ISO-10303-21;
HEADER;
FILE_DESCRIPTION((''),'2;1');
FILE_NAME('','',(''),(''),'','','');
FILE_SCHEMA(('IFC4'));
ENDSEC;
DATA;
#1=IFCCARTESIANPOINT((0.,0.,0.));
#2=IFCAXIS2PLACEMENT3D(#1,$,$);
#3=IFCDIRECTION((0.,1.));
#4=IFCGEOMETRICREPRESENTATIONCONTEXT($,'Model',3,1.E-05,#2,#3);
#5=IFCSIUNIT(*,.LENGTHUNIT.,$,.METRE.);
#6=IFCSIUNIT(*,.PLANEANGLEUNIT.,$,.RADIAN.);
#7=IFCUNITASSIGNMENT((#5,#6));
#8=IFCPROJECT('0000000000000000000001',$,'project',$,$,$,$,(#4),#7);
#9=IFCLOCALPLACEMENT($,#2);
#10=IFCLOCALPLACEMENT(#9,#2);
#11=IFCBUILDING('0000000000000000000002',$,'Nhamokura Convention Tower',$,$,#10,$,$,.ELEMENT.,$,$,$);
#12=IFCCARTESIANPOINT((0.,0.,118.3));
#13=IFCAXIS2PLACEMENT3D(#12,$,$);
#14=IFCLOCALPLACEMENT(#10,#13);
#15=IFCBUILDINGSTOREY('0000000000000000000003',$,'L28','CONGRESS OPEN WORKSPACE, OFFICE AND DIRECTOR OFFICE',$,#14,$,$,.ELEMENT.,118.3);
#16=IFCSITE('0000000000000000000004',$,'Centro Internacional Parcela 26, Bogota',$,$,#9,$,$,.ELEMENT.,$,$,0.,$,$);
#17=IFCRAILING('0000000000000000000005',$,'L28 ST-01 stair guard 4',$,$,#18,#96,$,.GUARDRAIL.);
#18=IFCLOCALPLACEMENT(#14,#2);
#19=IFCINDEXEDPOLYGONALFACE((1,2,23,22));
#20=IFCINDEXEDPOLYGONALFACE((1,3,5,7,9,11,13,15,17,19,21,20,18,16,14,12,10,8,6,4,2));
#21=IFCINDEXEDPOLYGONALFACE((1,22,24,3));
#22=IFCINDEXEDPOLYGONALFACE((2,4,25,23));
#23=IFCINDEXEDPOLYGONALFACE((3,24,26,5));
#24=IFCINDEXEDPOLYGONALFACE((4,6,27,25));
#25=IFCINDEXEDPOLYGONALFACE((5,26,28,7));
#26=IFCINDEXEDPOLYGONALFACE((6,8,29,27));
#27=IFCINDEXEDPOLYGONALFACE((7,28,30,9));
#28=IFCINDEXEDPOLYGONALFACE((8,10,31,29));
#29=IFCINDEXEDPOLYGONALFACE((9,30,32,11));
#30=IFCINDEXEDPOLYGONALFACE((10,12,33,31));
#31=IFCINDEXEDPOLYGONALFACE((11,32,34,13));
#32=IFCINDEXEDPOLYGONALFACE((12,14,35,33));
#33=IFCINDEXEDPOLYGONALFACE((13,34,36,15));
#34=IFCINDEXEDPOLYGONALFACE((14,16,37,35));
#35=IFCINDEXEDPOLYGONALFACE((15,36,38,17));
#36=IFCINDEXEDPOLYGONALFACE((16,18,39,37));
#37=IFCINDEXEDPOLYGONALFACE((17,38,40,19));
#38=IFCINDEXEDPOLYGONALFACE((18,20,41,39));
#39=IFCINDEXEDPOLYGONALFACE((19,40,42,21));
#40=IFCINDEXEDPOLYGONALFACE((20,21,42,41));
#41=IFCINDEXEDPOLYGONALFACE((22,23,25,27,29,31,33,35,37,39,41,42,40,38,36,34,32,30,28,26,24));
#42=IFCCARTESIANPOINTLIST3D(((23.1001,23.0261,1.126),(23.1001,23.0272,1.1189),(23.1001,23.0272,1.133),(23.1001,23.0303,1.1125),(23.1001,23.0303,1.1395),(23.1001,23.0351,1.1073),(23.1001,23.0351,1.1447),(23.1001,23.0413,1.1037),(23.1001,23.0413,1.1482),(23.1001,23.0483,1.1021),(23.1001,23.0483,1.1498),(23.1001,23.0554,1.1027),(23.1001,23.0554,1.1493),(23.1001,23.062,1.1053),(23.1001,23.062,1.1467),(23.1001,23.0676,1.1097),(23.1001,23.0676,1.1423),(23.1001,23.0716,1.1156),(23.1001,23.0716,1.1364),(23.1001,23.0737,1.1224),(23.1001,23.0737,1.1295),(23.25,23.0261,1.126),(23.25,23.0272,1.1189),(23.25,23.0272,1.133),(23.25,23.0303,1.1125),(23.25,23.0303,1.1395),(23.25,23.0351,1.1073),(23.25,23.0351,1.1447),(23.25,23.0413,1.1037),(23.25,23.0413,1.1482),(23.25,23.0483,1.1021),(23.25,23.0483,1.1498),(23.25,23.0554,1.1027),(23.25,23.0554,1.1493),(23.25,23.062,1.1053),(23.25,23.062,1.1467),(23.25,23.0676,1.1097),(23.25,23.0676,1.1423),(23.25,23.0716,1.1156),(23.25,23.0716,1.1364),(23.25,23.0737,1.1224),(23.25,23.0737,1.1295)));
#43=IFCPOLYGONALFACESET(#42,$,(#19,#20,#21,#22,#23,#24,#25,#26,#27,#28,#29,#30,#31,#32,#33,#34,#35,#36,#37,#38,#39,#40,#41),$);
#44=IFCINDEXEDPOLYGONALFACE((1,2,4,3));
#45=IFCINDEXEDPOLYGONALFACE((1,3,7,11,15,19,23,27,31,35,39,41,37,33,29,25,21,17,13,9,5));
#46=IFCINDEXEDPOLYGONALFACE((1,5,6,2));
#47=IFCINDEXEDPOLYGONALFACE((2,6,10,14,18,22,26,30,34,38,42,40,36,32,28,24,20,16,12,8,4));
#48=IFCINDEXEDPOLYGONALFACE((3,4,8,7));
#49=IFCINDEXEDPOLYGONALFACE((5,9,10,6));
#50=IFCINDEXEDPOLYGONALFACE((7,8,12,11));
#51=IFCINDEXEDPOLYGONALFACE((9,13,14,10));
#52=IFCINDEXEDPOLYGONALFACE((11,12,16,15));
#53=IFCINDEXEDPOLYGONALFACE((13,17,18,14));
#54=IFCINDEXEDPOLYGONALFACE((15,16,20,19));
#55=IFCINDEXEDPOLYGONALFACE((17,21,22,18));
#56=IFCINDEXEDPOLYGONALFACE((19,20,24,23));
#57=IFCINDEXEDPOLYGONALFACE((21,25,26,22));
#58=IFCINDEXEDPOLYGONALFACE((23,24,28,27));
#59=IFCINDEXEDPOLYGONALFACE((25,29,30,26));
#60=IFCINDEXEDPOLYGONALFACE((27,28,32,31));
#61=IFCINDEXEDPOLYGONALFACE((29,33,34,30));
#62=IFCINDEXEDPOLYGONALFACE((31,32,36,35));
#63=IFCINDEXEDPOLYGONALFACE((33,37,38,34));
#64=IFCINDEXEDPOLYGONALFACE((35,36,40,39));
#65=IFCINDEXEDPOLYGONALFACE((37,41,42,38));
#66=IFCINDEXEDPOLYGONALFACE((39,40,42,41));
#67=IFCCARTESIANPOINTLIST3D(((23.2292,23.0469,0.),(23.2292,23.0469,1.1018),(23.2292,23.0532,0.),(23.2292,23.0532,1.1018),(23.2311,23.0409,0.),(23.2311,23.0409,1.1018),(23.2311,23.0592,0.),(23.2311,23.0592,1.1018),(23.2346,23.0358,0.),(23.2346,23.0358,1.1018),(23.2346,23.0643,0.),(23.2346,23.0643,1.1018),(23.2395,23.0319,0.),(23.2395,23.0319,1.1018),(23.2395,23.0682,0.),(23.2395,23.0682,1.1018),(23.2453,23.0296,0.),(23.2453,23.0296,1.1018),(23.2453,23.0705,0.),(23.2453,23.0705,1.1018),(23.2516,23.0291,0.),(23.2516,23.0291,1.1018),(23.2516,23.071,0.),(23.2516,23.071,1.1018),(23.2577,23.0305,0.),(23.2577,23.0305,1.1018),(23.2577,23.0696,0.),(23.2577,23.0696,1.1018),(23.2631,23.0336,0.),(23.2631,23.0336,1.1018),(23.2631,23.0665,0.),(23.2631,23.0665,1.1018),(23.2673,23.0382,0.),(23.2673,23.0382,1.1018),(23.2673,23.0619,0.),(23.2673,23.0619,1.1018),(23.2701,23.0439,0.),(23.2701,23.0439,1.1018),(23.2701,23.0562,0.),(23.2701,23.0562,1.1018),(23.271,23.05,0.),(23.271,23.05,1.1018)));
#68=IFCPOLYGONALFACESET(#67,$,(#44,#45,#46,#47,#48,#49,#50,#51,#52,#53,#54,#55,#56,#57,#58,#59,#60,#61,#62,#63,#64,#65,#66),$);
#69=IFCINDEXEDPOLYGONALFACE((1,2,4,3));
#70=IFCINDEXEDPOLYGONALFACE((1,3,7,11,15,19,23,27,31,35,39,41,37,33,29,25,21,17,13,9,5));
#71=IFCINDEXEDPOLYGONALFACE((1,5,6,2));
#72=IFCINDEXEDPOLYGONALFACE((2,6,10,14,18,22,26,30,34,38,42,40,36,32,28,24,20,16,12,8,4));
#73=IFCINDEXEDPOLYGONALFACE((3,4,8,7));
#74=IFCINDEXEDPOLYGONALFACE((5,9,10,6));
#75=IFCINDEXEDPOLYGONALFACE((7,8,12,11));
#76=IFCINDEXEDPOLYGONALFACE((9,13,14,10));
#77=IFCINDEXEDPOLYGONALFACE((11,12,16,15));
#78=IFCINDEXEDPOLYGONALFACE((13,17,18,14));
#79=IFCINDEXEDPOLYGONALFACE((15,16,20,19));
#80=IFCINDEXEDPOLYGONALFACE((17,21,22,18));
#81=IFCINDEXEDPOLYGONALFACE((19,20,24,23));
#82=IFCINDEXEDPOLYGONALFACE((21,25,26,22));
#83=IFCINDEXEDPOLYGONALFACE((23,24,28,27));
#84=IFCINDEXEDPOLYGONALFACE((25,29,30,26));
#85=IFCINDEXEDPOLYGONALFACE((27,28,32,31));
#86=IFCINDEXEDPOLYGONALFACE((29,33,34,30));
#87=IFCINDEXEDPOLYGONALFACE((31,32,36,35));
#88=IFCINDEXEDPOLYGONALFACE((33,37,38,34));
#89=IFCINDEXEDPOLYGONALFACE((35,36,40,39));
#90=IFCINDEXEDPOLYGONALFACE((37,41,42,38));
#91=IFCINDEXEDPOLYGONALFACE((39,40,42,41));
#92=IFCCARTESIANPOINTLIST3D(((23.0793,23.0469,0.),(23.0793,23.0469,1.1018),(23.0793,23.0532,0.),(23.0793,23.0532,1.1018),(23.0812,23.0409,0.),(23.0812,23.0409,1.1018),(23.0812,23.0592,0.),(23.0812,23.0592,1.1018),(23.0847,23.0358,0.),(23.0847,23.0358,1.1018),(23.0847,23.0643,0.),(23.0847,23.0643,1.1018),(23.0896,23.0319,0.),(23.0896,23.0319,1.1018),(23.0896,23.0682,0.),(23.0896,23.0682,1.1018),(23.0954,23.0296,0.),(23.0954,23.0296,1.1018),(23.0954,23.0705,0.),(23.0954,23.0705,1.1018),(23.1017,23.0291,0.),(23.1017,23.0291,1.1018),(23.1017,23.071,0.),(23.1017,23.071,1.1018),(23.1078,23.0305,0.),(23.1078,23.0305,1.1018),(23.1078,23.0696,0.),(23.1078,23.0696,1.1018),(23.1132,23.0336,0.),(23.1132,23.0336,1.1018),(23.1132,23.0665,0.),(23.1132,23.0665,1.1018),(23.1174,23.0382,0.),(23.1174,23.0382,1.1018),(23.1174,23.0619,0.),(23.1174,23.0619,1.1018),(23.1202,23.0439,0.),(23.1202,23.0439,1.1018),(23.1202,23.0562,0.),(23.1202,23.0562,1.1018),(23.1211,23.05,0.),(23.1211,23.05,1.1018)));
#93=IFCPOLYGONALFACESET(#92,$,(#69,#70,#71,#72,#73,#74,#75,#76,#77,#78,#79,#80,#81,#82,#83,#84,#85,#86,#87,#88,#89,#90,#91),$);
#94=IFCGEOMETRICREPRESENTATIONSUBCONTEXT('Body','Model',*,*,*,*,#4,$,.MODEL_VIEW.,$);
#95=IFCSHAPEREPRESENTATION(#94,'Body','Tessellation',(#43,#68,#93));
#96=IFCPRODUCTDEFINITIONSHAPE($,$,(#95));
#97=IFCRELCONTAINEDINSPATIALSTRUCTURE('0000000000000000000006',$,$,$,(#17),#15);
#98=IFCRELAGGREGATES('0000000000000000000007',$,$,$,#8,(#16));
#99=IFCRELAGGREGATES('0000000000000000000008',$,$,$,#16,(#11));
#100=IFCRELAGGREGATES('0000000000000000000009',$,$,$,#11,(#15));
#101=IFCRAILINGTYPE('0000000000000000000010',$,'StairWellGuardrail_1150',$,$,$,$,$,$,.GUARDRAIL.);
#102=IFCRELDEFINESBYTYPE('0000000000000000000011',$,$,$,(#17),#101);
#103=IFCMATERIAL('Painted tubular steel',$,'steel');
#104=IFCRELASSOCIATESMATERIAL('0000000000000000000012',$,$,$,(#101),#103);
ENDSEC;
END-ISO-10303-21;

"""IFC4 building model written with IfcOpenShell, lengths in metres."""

from ifc_helpers import new_model, si_unit, direction, frame, origin, origin_2d, place, context, subcontext, project, spatial, circle, extrude, material, type_object, element, save


model = new_model("IFC4")

# Units and contexts
model_context = context("Model", 3, precision=1e-05, world=origin(), true_north=direction((0.0, 1.0)))
body_context = subcontext(model_context, "Body", "Model", "MODEL_VIEW")
ifc_project = project(units=[si_unit("LENGTHUNIT", "METRE"), si_unit("PLANEANGLEUNIT", "RADIAN")], contexts=[model_context])

# Site, building, storey
site_placement = place(None, origin())
site = spatial("IfcSite", under=ifc_project, at=site_placement, Name="Centro Internacional Parcela 26, Bogota", CompositionType="ELEMENT", RefElevation=0.0)
building_placement = place(site_placement, origin())
building = spatial("IfcBuilding", under=site, at=building_placement, Name="Nhamokura Convention Tower", CompositionType="ELEMENT")
storey_placement = place(building_placement, frame((0.0, 0.0, 118.3)))
storey = spatial("IfcBuildingStorey", under=building, at=storey_placement, Name="L28", Description="CONGRESS OPEN WORKSPACE, OFFICE AND DIRECTOR OFFICE", CompositionType="ELEMENT", Elevation=118.3)

# Railing
ifc_material_1 = material(Name="Painted tubular steel", Category="steel")
railing_type_1 = type_object("IfcRailingType", Name="StairWellGuardrail_1150", PredefinedType="GUARDRAIL", material=ifc_material_1)
railing_1_placement = place(storey_placement, frame((23.25, 23.05, 0.0)))
element("IfcRailing", 1, at=railing_1_placement, inside=storey, type_object=railing_type_1, Name="L28 ST-01 stair guard 4", PredefinedType="GUARDRAIL", context=body_context, shape_type="SweptSolid", body=[
    extrude(circle(Radius=0.0239, at=origin_2d()), frame((0.0, 0.0, 1.126), z_axis=(-1.0, 0.0, 0.0), x_axis=(0.0, -1.0, 0.0)), (0.0, 0.0, 1.0), 0.1499),
    extrude(circle(Radius=0.021, at=origin_2d()), origin(), (0.0, 0.0, 1.0), 1.1018),
    extrude(circle(Radius=0.021, at=origin_2d()), frame((-0.1499, 0.0, 0.0)), (0.0, 0.0, 1.0), 1.1018),
])

save(model, "model.ifc")
